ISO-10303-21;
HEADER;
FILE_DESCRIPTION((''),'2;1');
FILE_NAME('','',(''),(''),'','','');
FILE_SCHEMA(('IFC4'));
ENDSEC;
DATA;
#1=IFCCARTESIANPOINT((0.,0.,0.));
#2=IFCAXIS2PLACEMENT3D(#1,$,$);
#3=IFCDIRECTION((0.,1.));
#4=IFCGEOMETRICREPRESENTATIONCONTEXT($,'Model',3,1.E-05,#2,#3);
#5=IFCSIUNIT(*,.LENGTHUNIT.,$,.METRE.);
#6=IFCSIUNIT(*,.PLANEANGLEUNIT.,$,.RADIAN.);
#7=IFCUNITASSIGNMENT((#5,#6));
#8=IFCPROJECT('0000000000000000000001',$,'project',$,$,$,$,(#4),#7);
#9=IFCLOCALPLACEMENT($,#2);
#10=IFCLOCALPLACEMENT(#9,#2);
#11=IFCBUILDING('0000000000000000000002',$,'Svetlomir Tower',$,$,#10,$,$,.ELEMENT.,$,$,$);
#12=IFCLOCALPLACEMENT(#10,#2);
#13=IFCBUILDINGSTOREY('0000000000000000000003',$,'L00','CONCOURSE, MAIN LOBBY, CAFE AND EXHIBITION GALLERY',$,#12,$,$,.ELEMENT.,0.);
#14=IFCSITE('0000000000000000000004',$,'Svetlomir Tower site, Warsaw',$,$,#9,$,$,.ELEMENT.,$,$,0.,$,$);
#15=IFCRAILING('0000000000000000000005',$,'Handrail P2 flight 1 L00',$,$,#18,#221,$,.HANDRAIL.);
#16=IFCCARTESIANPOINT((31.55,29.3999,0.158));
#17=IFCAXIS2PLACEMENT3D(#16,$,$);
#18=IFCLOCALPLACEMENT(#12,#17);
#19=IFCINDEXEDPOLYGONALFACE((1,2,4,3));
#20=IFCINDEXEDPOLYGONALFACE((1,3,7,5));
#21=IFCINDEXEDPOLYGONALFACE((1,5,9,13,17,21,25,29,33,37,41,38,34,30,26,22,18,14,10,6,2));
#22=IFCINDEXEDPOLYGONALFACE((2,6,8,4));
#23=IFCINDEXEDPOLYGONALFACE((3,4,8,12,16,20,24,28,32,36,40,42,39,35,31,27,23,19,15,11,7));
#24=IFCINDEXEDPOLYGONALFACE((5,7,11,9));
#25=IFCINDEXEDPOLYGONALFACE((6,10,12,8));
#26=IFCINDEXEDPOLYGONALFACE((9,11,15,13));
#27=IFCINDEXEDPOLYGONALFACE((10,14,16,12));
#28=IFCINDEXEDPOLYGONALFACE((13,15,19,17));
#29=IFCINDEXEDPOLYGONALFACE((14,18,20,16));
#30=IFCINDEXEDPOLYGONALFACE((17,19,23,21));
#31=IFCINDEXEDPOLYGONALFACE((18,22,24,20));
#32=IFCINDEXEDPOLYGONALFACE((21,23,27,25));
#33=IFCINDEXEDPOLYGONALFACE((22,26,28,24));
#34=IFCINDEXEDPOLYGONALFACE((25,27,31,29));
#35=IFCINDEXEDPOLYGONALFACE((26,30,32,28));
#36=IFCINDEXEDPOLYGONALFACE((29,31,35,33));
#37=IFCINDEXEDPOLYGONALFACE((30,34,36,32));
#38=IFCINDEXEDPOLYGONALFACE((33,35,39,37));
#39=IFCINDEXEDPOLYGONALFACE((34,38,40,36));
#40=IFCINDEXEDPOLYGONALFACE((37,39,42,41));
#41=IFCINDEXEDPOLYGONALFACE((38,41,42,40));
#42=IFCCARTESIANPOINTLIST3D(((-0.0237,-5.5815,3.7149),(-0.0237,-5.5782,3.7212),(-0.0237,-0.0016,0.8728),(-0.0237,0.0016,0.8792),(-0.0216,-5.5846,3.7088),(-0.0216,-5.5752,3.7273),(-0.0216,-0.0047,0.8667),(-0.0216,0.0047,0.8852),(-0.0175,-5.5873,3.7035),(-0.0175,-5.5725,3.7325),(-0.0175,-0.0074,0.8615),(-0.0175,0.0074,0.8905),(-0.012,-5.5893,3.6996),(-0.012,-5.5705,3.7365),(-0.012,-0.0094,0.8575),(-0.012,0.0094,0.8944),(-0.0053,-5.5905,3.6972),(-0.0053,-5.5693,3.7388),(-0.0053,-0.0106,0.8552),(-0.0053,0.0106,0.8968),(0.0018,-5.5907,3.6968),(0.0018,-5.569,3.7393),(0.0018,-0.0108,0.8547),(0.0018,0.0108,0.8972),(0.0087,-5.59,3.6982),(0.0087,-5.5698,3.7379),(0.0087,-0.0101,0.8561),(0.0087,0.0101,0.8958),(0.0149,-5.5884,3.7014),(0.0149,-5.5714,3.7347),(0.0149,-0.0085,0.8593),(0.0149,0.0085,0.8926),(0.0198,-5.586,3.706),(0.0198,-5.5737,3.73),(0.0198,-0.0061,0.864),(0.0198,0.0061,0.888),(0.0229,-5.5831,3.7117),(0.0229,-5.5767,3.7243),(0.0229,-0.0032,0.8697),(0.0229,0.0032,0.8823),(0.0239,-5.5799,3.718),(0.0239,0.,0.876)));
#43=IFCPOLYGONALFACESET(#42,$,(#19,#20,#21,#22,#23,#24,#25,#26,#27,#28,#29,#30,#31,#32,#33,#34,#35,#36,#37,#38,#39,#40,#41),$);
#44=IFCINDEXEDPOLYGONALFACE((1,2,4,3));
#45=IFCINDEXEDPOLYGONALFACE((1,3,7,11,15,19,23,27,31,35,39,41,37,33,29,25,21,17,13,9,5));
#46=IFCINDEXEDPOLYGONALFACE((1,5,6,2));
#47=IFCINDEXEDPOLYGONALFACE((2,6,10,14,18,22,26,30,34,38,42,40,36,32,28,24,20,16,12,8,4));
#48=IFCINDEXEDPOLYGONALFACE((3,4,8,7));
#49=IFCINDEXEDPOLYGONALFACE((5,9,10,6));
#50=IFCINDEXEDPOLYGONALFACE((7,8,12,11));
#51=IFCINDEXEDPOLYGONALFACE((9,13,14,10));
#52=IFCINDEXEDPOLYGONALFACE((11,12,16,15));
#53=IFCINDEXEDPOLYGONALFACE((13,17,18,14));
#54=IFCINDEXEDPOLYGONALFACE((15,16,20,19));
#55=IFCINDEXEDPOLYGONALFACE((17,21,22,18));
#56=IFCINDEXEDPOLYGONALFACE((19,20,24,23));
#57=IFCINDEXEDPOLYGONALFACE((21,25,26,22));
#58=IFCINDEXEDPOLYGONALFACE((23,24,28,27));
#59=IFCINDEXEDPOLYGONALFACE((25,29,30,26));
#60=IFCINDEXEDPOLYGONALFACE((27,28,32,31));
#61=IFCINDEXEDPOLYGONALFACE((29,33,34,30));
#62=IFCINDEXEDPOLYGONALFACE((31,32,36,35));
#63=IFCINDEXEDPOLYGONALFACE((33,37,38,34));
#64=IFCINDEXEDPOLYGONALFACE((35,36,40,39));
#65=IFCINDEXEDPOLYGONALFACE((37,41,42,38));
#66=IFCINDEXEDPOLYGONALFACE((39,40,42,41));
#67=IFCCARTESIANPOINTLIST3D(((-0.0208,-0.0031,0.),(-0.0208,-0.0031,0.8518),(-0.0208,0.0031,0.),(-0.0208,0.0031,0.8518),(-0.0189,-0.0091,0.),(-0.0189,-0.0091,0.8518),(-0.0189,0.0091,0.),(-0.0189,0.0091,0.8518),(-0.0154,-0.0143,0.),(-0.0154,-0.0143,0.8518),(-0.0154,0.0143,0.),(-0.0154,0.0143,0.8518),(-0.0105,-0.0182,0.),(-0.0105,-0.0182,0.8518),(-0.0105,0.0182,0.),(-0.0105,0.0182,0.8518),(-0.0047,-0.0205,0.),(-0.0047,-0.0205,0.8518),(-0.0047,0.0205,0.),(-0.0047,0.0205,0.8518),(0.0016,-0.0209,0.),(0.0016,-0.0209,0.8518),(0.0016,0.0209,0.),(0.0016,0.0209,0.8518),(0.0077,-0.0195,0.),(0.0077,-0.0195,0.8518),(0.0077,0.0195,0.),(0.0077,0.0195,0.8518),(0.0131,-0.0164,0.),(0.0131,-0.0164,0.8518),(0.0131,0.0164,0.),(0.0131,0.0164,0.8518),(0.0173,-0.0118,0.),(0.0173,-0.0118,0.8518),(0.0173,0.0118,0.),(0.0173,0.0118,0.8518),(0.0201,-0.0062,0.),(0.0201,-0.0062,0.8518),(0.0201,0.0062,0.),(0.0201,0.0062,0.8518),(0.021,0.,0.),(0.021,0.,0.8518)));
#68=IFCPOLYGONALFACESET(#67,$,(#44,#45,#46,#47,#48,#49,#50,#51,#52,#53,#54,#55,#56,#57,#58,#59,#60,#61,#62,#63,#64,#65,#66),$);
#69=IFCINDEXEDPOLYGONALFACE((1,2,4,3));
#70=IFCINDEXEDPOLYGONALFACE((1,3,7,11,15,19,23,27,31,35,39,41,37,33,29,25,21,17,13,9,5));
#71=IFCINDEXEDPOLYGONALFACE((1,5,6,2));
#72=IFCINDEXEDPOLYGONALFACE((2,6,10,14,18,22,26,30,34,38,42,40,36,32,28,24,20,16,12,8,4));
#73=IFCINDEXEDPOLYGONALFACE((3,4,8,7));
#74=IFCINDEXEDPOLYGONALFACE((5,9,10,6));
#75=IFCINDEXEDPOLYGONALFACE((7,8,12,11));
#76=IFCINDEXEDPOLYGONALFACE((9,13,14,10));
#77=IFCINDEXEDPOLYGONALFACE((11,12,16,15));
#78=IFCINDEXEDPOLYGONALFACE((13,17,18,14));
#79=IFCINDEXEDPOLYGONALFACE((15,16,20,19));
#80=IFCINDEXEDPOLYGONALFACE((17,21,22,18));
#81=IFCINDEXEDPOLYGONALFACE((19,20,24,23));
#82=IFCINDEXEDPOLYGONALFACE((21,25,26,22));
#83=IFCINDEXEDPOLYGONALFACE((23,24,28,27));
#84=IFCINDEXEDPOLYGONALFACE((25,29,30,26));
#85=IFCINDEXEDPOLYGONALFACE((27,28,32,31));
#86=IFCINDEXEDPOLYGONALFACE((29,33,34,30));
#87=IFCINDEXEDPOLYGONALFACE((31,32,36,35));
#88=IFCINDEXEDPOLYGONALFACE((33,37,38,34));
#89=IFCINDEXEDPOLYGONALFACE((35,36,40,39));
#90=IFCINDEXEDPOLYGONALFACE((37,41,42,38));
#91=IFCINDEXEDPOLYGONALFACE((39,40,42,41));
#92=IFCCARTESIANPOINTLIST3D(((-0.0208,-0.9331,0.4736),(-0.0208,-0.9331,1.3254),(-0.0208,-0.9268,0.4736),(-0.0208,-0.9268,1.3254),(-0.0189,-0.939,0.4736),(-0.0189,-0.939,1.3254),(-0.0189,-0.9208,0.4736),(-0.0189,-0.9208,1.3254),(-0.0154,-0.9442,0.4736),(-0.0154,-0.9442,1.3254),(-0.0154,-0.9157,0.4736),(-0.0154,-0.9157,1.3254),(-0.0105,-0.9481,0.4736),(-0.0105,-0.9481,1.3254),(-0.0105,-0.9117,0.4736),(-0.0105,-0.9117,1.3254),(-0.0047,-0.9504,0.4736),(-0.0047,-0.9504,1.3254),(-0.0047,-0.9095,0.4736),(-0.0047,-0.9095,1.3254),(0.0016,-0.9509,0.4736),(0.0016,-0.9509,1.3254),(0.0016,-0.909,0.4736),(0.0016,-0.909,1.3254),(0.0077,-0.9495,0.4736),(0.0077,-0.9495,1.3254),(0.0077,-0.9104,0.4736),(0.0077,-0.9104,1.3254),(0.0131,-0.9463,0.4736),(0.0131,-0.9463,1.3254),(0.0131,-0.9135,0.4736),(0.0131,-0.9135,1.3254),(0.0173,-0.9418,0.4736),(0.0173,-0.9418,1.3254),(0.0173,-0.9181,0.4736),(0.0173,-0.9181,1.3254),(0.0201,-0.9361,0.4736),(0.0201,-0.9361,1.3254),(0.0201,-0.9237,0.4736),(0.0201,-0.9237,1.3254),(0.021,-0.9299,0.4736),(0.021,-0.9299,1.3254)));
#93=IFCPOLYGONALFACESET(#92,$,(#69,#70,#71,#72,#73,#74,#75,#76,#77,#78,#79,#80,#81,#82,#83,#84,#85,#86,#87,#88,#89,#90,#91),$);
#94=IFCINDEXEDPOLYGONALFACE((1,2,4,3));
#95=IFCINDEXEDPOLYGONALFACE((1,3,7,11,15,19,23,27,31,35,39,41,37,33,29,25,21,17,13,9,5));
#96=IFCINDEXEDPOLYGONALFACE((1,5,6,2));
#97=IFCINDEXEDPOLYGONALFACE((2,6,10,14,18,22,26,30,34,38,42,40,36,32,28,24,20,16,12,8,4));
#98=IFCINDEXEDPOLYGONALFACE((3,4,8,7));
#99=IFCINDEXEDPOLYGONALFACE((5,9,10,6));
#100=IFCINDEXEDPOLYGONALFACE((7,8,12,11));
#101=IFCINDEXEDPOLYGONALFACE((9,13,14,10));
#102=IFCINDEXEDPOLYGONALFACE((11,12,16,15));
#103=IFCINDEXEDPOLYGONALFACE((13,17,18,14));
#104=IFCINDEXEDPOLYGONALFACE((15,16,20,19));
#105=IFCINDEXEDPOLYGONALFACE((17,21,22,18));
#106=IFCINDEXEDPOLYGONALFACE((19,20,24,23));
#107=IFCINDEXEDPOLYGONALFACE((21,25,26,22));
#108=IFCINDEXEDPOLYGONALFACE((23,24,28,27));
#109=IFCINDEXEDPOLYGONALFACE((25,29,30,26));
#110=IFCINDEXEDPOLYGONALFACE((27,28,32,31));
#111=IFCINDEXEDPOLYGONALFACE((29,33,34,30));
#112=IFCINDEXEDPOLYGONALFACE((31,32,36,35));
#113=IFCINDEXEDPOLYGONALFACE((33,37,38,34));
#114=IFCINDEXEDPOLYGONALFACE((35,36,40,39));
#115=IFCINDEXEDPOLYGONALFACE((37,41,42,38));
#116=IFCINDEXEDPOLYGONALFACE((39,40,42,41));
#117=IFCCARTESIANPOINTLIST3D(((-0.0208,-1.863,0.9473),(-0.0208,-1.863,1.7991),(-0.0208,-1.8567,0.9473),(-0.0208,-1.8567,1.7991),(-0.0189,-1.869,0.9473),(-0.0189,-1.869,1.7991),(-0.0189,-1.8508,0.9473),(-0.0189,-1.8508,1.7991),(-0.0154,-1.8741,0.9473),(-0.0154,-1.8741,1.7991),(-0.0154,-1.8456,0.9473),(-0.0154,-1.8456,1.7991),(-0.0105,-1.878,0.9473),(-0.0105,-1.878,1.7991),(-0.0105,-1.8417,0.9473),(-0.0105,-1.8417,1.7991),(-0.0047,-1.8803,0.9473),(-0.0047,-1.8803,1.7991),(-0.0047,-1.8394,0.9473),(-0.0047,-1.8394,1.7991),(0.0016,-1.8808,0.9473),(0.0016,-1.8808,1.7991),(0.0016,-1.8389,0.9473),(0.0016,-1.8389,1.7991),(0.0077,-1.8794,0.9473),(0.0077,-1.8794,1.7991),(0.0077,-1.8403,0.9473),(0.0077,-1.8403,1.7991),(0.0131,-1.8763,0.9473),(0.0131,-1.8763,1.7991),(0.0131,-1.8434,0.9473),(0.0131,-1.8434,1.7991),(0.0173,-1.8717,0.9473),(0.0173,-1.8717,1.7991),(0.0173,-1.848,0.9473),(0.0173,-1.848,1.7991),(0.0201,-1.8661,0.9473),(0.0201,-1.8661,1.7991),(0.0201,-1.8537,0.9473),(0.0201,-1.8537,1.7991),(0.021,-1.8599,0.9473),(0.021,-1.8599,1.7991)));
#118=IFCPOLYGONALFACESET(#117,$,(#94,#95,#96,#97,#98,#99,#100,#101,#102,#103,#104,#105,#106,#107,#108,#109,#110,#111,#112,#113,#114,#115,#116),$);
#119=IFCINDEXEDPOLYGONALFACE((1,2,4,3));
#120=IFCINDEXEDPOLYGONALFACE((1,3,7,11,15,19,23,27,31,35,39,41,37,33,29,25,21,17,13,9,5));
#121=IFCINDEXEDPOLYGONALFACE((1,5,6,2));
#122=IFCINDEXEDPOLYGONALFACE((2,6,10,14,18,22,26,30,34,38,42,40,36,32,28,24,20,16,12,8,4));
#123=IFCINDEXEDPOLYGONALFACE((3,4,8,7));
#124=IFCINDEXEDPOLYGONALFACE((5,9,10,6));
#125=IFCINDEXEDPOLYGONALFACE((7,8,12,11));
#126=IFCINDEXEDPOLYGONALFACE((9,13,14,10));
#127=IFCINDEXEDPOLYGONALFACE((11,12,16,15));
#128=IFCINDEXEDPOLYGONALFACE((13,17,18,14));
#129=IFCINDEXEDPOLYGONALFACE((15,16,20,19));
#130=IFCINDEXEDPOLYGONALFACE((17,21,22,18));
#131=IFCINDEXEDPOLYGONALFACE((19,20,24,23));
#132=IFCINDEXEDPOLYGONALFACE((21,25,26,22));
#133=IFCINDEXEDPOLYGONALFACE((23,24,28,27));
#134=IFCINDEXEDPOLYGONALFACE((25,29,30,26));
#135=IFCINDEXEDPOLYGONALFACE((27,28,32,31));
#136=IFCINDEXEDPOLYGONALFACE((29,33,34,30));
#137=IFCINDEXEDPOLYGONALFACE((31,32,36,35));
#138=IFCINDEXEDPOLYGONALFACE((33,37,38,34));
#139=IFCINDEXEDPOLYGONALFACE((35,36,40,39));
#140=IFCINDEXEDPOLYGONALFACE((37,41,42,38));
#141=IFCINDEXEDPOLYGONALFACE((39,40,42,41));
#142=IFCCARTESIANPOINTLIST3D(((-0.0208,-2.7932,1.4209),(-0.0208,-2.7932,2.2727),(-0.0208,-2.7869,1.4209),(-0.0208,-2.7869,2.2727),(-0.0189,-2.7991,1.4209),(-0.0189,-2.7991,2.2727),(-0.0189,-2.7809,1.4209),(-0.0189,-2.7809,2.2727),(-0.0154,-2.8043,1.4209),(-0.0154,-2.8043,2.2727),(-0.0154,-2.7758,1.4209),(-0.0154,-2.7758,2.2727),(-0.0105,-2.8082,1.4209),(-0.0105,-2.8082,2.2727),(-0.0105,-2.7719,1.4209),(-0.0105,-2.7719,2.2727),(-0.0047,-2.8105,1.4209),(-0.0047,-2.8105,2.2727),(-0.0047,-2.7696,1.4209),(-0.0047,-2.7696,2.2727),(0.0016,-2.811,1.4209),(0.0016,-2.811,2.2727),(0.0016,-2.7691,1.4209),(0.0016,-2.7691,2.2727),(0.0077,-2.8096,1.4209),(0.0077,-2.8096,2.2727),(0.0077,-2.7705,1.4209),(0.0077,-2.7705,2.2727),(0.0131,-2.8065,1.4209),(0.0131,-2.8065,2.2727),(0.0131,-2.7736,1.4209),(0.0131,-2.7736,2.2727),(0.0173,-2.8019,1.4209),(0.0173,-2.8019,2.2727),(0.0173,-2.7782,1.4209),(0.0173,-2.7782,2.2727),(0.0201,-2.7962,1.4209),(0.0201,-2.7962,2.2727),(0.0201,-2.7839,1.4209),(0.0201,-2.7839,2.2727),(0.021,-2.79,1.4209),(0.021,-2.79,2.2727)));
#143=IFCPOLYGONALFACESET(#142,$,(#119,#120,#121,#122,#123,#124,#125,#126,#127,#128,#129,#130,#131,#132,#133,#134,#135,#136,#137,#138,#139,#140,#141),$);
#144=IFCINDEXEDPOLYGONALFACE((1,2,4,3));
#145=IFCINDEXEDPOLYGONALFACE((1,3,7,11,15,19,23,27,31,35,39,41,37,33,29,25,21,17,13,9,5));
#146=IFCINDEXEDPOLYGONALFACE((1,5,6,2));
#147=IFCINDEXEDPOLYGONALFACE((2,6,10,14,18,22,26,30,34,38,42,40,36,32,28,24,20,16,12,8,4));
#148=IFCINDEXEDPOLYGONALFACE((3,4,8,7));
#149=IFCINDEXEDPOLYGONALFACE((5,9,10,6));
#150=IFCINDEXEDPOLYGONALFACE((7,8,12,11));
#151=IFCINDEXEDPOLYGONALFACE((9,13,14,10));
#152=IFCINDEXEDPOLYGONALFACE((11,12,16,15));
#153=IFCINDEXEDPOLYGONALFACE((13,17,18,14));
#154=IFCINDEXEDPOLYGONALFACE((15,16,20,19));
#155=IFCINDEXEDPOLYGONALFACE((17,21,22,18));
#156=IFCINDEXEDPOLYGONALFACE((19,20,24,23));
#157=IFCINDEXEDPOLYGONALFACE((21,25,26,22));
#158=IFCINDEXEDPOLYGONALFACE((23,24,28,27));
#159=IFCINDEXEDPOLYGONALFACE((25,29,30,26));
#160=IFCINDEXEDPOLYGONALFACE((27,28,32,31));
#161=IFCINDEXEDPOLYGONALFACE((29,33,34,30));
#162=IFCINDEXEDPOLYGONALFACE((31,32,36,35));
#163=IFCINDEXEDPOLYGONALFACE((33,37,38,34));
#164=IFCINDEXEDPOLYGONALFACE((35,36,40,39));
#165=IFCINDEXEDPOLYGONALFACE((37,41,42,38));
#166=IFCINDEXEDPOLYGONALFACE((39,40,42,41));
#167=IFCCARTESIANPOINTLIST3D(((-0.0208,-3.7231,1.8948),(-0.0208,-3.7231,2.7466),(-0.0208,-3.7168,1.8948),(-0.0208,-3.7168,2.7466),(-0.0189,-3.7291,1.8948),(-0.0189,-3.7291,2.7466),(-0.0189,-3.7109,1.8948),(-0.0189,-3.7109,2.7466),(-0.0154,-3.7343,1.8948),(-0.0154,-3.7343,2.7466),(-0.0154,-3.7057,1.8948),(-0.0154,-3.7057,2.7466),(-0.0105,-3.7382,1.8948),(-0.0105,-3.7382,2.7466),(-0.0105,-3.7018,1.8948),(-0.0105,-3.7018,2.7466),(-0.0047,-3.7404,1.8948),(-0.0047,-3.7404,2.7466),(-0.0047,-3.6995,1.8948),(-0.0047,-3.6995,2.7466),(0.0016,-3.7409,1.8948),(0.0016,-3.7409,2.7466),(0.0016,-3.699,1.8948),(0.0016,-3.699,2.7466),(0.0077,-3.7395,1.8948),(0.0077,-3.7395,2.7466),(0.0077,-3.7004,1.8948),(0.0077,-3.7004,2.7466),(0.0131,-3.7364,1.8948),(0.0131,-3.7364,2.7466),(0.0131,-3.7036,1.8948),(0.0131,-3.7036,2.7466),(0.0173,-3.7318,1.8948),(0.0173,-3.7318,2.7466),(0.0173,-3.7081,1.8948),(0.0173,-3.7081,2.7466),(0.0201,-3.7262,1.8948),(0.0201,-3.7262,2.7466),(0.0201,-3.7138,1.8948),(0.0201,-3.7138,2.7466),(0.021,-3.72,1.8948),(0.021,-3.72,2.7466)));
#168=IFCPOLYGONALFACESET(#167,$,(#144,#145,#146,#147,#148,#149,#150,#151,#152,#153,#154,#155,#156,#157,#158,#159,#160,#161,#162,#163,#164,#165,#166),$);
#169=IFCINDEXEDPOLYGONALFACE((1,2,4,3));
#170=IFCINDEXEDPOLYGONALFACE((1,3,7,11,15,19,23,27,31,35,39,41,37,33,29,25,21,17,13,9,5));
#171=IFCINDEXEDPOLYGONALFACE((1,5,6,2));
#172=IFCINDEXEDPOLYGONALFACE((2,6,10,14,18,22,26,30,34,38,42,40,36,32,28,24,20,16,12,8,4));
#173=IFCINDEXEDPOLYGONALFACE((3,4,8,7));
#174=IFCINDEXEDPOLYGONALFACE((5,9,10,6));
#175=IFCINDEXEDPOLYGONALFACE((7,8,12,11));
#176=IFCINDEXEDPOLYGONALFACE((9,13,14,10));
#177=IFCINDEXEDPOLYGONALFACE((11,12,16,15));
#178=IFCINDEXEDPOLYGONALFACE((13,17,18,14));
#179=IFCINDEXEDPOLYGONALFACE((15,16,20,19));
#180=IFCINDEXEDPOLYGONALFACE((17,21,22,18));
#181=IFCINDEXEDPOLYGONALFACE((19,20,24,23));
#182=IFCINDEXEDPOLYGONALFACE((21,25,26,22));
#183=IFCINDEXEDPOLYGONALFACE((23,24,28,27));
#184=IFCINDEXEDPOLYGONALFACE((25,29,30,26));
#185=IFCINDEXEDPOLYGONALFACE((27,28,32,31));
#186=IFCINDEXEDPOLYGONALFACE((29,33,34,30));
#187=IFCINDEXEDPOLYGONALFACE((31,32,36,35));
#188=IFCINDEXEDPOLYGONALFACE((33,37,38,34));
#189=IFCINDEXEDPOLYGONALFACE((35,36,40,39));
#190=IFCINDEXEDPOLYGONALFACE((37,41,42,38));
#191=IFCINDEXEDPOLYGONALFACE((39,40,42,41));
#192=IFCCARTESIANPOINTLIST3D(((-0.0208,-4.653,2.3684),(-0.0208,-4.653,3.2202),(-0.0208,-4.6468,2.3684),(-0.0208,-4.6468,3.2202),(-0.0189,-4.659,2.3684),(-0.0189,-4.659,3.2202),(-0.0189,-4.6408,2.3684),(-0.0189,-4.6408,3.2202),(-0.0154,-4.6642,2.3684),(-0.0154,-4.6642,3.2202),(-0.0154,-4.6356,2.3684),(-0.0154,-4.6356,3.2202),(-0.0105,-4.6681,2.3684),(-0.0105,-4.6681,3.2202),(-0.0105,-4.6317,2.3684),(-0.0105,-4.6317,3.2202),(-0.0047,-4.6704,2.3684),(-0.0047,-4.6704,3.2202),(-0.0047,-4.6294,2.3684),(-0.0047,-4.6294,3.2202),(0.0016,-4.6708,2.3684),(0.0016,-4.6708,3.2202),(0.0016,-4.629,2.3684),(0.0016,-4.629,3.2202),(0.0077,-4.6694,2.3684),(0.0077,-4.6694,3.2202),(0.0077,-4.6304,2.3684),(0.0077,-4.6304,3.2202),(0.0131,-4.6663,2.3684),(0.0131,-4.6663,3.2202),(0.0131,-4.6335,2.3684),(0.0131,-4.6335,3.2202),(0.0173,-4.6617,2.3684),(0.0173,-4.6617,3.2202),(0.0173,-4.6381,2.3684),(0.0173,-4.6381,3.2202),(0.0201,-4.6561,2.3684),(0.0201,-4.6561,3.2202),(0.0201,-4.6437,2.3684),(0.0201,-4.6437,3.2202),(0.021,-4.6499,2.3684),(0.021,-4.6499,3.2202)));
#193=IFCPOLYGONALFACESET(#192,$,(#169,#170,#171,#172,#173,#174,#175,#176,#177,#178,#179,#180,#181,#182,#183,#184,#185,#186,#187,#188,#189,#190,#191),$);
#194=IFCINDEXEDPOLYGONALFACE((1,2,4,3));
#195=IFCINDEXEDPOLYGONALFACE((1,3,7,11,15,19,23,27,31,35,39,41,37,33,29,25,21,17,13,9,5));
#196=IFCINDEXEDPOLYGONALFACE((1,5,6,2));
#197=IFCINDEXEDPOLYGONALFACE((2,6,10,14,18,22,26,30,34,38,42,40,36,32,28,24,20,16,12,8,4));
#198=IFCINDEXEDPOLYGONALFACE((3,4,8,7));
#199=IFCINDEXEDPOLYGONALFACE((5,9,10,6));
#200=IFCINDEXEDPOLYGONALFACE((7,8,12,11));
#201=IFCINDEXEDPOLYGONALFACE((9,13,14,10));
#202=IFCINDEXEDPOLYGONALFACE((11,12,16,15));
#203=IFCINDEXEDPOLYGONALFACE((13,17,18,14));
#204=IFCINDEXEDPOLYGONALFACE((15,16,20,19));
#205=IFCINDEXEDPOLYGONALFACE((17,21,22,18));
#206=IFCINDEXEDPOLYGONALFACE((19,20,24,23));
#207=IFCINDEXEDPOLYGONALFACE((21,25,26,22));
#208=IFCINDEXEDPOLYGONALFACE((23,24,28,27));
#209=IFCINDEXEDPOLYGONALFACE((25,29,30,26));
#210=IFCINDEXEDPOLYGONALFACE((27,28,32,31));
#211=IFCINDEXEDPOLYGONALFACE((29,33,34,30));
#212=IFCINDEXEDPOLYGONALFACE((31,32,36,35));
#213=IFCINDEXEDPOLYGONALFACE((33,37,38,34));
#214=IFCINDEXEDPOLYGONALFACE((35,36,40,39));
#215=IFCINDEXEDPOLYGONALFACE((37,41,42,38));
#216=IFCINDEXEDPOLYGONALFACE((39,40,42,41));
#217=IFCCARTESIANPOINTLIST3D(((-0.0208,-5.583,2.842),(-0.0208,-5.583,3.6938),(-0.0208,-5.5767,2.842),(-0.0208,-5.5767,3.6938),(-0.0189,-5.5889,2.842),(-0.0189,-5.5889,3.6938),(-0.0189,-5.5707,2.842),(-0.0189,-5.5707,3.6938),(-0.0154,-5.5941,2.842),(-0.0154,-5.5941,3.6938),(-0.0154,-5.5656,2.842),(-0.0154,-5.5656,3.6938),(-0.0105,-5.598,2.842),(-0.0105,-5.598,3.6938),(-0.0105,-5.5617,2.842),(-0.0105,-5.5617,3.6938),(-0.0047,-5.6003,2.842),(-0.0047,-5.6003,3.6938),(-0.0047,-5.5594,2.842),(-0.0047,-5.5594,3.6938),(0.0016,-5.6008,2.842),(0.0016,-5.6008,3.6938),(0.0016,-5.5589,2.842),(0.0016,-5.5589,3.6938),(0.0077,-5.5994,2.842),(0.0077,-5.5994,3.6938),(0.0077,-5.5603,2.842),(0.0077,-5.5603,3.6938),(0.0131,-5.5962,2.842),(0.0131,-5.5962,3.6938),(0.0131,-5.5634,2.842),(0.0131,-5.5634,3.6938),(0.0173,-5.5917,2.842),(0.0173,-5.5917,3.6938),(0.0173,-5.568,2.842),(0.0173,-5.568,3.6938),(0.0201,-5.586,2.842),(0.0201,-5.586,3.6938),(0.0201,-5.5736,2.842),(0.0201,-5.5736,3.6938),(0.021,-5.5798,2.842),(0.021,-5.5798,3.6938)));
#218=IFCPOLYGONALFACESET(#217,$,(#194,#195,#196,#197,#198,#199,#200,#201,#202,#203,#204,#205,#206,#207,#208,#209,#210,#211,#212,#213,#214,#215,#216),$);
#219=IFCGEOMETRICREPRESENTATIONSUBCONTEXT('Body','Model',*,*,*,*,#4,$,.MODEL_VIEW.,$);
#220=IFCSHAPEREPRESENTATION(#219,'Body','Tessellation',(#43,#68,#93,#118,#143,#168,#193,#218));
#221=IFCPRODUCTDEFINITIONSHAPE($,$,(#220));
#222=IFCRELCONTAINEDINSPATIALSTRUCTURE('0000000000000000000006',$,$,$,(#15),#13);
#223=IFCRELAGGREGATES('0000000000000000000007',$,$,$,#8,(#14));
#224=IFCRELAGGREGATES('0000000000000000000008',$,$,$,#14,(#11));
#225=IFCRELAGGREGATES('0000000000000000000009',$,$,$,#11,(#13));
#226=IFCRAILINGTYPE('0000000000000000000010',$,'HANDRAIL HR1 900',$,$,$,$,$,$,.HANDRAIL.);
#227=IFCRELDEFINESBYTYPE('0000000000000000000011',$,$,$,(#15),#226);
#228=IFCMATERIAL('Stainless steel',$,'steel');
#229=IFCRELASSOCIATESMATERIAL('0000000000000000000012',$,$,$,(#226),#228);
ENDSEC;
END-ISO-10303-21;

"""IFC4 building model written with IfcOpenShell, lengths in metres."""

from ifc_helpers import new_model, si_unit, direction, frame, origin, origin_2d, place, context, subcontext, project, spatial, circle, extrude, material, type_object, element, save


model = new_model("IFC4")

# Units and contexts
model_context = context("Model", 3, precision=1e-05, world=origin(), true_north=direction((0.0, 1.0)))
body_context = subcontext(model_context, "Body", "Model", "MODEL_VIEW")
ifc_project = project(units=[si_unit("LENGTHUNIT", "METRE"), si_unit("PLANEANGLEUNIT", "RADIAN")], contexts=[model_context])

# Site, building, storey
site_placement = place(None, origin())
site = spatial("IfcSite", under=ifc_project, at=site_placement, Name="Svetlomir Tower site, Warsaw", CompositionType="ELEMENT", RefElevation=0.0)
building_placement = place(site_placement, origin())
building = spatial("IfcBuilding", under=site, at=building_placement, Name="Svetlomir Tower", CompositionType="ELEMENT")
storey_placement = place(building_placement, origin())
storey = spatial("IfcBuildingStorey", under=building, at=storey_placement, Name="L00", Description="CONCOURSE, MAIN LOBBY, CAFE AND EXHIBITION GALLERY", CompositionType="ELEMENT", Elevation=0.0)

# Railing
ifc_material_1 = material(Name="Stainless steel", Category="steel")
railing_type = type_object("IfcRailingType", Name="HANDRAIL HR1 900", PredefinedType="HANDRAIL", material=ifc_material_1)
railing_1_placement = place(storey_placement, frame((31.55, 29.3999, 0.158)))
element("IfcRailing", 1, at=railing_1_placement, inside=storey, type_object=railing_type, Name="Handrail P2 flight 1 L00", PredefinedType="HANDRAIL", context=body_context, shape_type="SweptSolid", body=[
    extrude(circle(Radius=0.0239, at=origin_2d()), frame((0.0, 0.0, 0.876), z_axis=(0.0, -0.891073, 0.45386), x_axis=(1.0, 0.0, 0.0)), (0.0, 0.0, 1.0), 6.262),
    extrude(circle(Radius=0.021, at=origin_2d()), origin(), (0.0, 0.0, 1.0), 0.8518),
    extrude(circle(Radius=0.021, at=origin_2d()), frame((0.0, -0.9299, 0.4736)), (0.0, 0.0, 1.0), 0.8518),
    extrude(circle(Radius=0.021, at=origin_2d()), frame((0.0, -1.8599, 0.9473)), (0.0, 0.0, 1.0), 0.8518),
    extrude(circle(Radius=0.021, at=origin_2d()), frame((0.0, -2.79, 1.4209)), (0.0, 0.0, 1.0), 0.8518),
    extrude(circle(Radius=0.021, at=origin_2d()), frame((0.0, -3.72, 1.8948)), (0.0, 0.0, 1.0), 0.8518),
    extrude(circle(Radius=0.021, at=origin_2d()), frame((0.0, -4.6499, 2.3684)), (0.0, 0.0, 1.0), 0.8518),
    extrude(circle(Radius=0.021, at=origin_2d()), frame((0.0, -5.5798, 2.842)), (0.0, 0.0, 1.0), 0.8518),
])

save(model, "model.ifc")
